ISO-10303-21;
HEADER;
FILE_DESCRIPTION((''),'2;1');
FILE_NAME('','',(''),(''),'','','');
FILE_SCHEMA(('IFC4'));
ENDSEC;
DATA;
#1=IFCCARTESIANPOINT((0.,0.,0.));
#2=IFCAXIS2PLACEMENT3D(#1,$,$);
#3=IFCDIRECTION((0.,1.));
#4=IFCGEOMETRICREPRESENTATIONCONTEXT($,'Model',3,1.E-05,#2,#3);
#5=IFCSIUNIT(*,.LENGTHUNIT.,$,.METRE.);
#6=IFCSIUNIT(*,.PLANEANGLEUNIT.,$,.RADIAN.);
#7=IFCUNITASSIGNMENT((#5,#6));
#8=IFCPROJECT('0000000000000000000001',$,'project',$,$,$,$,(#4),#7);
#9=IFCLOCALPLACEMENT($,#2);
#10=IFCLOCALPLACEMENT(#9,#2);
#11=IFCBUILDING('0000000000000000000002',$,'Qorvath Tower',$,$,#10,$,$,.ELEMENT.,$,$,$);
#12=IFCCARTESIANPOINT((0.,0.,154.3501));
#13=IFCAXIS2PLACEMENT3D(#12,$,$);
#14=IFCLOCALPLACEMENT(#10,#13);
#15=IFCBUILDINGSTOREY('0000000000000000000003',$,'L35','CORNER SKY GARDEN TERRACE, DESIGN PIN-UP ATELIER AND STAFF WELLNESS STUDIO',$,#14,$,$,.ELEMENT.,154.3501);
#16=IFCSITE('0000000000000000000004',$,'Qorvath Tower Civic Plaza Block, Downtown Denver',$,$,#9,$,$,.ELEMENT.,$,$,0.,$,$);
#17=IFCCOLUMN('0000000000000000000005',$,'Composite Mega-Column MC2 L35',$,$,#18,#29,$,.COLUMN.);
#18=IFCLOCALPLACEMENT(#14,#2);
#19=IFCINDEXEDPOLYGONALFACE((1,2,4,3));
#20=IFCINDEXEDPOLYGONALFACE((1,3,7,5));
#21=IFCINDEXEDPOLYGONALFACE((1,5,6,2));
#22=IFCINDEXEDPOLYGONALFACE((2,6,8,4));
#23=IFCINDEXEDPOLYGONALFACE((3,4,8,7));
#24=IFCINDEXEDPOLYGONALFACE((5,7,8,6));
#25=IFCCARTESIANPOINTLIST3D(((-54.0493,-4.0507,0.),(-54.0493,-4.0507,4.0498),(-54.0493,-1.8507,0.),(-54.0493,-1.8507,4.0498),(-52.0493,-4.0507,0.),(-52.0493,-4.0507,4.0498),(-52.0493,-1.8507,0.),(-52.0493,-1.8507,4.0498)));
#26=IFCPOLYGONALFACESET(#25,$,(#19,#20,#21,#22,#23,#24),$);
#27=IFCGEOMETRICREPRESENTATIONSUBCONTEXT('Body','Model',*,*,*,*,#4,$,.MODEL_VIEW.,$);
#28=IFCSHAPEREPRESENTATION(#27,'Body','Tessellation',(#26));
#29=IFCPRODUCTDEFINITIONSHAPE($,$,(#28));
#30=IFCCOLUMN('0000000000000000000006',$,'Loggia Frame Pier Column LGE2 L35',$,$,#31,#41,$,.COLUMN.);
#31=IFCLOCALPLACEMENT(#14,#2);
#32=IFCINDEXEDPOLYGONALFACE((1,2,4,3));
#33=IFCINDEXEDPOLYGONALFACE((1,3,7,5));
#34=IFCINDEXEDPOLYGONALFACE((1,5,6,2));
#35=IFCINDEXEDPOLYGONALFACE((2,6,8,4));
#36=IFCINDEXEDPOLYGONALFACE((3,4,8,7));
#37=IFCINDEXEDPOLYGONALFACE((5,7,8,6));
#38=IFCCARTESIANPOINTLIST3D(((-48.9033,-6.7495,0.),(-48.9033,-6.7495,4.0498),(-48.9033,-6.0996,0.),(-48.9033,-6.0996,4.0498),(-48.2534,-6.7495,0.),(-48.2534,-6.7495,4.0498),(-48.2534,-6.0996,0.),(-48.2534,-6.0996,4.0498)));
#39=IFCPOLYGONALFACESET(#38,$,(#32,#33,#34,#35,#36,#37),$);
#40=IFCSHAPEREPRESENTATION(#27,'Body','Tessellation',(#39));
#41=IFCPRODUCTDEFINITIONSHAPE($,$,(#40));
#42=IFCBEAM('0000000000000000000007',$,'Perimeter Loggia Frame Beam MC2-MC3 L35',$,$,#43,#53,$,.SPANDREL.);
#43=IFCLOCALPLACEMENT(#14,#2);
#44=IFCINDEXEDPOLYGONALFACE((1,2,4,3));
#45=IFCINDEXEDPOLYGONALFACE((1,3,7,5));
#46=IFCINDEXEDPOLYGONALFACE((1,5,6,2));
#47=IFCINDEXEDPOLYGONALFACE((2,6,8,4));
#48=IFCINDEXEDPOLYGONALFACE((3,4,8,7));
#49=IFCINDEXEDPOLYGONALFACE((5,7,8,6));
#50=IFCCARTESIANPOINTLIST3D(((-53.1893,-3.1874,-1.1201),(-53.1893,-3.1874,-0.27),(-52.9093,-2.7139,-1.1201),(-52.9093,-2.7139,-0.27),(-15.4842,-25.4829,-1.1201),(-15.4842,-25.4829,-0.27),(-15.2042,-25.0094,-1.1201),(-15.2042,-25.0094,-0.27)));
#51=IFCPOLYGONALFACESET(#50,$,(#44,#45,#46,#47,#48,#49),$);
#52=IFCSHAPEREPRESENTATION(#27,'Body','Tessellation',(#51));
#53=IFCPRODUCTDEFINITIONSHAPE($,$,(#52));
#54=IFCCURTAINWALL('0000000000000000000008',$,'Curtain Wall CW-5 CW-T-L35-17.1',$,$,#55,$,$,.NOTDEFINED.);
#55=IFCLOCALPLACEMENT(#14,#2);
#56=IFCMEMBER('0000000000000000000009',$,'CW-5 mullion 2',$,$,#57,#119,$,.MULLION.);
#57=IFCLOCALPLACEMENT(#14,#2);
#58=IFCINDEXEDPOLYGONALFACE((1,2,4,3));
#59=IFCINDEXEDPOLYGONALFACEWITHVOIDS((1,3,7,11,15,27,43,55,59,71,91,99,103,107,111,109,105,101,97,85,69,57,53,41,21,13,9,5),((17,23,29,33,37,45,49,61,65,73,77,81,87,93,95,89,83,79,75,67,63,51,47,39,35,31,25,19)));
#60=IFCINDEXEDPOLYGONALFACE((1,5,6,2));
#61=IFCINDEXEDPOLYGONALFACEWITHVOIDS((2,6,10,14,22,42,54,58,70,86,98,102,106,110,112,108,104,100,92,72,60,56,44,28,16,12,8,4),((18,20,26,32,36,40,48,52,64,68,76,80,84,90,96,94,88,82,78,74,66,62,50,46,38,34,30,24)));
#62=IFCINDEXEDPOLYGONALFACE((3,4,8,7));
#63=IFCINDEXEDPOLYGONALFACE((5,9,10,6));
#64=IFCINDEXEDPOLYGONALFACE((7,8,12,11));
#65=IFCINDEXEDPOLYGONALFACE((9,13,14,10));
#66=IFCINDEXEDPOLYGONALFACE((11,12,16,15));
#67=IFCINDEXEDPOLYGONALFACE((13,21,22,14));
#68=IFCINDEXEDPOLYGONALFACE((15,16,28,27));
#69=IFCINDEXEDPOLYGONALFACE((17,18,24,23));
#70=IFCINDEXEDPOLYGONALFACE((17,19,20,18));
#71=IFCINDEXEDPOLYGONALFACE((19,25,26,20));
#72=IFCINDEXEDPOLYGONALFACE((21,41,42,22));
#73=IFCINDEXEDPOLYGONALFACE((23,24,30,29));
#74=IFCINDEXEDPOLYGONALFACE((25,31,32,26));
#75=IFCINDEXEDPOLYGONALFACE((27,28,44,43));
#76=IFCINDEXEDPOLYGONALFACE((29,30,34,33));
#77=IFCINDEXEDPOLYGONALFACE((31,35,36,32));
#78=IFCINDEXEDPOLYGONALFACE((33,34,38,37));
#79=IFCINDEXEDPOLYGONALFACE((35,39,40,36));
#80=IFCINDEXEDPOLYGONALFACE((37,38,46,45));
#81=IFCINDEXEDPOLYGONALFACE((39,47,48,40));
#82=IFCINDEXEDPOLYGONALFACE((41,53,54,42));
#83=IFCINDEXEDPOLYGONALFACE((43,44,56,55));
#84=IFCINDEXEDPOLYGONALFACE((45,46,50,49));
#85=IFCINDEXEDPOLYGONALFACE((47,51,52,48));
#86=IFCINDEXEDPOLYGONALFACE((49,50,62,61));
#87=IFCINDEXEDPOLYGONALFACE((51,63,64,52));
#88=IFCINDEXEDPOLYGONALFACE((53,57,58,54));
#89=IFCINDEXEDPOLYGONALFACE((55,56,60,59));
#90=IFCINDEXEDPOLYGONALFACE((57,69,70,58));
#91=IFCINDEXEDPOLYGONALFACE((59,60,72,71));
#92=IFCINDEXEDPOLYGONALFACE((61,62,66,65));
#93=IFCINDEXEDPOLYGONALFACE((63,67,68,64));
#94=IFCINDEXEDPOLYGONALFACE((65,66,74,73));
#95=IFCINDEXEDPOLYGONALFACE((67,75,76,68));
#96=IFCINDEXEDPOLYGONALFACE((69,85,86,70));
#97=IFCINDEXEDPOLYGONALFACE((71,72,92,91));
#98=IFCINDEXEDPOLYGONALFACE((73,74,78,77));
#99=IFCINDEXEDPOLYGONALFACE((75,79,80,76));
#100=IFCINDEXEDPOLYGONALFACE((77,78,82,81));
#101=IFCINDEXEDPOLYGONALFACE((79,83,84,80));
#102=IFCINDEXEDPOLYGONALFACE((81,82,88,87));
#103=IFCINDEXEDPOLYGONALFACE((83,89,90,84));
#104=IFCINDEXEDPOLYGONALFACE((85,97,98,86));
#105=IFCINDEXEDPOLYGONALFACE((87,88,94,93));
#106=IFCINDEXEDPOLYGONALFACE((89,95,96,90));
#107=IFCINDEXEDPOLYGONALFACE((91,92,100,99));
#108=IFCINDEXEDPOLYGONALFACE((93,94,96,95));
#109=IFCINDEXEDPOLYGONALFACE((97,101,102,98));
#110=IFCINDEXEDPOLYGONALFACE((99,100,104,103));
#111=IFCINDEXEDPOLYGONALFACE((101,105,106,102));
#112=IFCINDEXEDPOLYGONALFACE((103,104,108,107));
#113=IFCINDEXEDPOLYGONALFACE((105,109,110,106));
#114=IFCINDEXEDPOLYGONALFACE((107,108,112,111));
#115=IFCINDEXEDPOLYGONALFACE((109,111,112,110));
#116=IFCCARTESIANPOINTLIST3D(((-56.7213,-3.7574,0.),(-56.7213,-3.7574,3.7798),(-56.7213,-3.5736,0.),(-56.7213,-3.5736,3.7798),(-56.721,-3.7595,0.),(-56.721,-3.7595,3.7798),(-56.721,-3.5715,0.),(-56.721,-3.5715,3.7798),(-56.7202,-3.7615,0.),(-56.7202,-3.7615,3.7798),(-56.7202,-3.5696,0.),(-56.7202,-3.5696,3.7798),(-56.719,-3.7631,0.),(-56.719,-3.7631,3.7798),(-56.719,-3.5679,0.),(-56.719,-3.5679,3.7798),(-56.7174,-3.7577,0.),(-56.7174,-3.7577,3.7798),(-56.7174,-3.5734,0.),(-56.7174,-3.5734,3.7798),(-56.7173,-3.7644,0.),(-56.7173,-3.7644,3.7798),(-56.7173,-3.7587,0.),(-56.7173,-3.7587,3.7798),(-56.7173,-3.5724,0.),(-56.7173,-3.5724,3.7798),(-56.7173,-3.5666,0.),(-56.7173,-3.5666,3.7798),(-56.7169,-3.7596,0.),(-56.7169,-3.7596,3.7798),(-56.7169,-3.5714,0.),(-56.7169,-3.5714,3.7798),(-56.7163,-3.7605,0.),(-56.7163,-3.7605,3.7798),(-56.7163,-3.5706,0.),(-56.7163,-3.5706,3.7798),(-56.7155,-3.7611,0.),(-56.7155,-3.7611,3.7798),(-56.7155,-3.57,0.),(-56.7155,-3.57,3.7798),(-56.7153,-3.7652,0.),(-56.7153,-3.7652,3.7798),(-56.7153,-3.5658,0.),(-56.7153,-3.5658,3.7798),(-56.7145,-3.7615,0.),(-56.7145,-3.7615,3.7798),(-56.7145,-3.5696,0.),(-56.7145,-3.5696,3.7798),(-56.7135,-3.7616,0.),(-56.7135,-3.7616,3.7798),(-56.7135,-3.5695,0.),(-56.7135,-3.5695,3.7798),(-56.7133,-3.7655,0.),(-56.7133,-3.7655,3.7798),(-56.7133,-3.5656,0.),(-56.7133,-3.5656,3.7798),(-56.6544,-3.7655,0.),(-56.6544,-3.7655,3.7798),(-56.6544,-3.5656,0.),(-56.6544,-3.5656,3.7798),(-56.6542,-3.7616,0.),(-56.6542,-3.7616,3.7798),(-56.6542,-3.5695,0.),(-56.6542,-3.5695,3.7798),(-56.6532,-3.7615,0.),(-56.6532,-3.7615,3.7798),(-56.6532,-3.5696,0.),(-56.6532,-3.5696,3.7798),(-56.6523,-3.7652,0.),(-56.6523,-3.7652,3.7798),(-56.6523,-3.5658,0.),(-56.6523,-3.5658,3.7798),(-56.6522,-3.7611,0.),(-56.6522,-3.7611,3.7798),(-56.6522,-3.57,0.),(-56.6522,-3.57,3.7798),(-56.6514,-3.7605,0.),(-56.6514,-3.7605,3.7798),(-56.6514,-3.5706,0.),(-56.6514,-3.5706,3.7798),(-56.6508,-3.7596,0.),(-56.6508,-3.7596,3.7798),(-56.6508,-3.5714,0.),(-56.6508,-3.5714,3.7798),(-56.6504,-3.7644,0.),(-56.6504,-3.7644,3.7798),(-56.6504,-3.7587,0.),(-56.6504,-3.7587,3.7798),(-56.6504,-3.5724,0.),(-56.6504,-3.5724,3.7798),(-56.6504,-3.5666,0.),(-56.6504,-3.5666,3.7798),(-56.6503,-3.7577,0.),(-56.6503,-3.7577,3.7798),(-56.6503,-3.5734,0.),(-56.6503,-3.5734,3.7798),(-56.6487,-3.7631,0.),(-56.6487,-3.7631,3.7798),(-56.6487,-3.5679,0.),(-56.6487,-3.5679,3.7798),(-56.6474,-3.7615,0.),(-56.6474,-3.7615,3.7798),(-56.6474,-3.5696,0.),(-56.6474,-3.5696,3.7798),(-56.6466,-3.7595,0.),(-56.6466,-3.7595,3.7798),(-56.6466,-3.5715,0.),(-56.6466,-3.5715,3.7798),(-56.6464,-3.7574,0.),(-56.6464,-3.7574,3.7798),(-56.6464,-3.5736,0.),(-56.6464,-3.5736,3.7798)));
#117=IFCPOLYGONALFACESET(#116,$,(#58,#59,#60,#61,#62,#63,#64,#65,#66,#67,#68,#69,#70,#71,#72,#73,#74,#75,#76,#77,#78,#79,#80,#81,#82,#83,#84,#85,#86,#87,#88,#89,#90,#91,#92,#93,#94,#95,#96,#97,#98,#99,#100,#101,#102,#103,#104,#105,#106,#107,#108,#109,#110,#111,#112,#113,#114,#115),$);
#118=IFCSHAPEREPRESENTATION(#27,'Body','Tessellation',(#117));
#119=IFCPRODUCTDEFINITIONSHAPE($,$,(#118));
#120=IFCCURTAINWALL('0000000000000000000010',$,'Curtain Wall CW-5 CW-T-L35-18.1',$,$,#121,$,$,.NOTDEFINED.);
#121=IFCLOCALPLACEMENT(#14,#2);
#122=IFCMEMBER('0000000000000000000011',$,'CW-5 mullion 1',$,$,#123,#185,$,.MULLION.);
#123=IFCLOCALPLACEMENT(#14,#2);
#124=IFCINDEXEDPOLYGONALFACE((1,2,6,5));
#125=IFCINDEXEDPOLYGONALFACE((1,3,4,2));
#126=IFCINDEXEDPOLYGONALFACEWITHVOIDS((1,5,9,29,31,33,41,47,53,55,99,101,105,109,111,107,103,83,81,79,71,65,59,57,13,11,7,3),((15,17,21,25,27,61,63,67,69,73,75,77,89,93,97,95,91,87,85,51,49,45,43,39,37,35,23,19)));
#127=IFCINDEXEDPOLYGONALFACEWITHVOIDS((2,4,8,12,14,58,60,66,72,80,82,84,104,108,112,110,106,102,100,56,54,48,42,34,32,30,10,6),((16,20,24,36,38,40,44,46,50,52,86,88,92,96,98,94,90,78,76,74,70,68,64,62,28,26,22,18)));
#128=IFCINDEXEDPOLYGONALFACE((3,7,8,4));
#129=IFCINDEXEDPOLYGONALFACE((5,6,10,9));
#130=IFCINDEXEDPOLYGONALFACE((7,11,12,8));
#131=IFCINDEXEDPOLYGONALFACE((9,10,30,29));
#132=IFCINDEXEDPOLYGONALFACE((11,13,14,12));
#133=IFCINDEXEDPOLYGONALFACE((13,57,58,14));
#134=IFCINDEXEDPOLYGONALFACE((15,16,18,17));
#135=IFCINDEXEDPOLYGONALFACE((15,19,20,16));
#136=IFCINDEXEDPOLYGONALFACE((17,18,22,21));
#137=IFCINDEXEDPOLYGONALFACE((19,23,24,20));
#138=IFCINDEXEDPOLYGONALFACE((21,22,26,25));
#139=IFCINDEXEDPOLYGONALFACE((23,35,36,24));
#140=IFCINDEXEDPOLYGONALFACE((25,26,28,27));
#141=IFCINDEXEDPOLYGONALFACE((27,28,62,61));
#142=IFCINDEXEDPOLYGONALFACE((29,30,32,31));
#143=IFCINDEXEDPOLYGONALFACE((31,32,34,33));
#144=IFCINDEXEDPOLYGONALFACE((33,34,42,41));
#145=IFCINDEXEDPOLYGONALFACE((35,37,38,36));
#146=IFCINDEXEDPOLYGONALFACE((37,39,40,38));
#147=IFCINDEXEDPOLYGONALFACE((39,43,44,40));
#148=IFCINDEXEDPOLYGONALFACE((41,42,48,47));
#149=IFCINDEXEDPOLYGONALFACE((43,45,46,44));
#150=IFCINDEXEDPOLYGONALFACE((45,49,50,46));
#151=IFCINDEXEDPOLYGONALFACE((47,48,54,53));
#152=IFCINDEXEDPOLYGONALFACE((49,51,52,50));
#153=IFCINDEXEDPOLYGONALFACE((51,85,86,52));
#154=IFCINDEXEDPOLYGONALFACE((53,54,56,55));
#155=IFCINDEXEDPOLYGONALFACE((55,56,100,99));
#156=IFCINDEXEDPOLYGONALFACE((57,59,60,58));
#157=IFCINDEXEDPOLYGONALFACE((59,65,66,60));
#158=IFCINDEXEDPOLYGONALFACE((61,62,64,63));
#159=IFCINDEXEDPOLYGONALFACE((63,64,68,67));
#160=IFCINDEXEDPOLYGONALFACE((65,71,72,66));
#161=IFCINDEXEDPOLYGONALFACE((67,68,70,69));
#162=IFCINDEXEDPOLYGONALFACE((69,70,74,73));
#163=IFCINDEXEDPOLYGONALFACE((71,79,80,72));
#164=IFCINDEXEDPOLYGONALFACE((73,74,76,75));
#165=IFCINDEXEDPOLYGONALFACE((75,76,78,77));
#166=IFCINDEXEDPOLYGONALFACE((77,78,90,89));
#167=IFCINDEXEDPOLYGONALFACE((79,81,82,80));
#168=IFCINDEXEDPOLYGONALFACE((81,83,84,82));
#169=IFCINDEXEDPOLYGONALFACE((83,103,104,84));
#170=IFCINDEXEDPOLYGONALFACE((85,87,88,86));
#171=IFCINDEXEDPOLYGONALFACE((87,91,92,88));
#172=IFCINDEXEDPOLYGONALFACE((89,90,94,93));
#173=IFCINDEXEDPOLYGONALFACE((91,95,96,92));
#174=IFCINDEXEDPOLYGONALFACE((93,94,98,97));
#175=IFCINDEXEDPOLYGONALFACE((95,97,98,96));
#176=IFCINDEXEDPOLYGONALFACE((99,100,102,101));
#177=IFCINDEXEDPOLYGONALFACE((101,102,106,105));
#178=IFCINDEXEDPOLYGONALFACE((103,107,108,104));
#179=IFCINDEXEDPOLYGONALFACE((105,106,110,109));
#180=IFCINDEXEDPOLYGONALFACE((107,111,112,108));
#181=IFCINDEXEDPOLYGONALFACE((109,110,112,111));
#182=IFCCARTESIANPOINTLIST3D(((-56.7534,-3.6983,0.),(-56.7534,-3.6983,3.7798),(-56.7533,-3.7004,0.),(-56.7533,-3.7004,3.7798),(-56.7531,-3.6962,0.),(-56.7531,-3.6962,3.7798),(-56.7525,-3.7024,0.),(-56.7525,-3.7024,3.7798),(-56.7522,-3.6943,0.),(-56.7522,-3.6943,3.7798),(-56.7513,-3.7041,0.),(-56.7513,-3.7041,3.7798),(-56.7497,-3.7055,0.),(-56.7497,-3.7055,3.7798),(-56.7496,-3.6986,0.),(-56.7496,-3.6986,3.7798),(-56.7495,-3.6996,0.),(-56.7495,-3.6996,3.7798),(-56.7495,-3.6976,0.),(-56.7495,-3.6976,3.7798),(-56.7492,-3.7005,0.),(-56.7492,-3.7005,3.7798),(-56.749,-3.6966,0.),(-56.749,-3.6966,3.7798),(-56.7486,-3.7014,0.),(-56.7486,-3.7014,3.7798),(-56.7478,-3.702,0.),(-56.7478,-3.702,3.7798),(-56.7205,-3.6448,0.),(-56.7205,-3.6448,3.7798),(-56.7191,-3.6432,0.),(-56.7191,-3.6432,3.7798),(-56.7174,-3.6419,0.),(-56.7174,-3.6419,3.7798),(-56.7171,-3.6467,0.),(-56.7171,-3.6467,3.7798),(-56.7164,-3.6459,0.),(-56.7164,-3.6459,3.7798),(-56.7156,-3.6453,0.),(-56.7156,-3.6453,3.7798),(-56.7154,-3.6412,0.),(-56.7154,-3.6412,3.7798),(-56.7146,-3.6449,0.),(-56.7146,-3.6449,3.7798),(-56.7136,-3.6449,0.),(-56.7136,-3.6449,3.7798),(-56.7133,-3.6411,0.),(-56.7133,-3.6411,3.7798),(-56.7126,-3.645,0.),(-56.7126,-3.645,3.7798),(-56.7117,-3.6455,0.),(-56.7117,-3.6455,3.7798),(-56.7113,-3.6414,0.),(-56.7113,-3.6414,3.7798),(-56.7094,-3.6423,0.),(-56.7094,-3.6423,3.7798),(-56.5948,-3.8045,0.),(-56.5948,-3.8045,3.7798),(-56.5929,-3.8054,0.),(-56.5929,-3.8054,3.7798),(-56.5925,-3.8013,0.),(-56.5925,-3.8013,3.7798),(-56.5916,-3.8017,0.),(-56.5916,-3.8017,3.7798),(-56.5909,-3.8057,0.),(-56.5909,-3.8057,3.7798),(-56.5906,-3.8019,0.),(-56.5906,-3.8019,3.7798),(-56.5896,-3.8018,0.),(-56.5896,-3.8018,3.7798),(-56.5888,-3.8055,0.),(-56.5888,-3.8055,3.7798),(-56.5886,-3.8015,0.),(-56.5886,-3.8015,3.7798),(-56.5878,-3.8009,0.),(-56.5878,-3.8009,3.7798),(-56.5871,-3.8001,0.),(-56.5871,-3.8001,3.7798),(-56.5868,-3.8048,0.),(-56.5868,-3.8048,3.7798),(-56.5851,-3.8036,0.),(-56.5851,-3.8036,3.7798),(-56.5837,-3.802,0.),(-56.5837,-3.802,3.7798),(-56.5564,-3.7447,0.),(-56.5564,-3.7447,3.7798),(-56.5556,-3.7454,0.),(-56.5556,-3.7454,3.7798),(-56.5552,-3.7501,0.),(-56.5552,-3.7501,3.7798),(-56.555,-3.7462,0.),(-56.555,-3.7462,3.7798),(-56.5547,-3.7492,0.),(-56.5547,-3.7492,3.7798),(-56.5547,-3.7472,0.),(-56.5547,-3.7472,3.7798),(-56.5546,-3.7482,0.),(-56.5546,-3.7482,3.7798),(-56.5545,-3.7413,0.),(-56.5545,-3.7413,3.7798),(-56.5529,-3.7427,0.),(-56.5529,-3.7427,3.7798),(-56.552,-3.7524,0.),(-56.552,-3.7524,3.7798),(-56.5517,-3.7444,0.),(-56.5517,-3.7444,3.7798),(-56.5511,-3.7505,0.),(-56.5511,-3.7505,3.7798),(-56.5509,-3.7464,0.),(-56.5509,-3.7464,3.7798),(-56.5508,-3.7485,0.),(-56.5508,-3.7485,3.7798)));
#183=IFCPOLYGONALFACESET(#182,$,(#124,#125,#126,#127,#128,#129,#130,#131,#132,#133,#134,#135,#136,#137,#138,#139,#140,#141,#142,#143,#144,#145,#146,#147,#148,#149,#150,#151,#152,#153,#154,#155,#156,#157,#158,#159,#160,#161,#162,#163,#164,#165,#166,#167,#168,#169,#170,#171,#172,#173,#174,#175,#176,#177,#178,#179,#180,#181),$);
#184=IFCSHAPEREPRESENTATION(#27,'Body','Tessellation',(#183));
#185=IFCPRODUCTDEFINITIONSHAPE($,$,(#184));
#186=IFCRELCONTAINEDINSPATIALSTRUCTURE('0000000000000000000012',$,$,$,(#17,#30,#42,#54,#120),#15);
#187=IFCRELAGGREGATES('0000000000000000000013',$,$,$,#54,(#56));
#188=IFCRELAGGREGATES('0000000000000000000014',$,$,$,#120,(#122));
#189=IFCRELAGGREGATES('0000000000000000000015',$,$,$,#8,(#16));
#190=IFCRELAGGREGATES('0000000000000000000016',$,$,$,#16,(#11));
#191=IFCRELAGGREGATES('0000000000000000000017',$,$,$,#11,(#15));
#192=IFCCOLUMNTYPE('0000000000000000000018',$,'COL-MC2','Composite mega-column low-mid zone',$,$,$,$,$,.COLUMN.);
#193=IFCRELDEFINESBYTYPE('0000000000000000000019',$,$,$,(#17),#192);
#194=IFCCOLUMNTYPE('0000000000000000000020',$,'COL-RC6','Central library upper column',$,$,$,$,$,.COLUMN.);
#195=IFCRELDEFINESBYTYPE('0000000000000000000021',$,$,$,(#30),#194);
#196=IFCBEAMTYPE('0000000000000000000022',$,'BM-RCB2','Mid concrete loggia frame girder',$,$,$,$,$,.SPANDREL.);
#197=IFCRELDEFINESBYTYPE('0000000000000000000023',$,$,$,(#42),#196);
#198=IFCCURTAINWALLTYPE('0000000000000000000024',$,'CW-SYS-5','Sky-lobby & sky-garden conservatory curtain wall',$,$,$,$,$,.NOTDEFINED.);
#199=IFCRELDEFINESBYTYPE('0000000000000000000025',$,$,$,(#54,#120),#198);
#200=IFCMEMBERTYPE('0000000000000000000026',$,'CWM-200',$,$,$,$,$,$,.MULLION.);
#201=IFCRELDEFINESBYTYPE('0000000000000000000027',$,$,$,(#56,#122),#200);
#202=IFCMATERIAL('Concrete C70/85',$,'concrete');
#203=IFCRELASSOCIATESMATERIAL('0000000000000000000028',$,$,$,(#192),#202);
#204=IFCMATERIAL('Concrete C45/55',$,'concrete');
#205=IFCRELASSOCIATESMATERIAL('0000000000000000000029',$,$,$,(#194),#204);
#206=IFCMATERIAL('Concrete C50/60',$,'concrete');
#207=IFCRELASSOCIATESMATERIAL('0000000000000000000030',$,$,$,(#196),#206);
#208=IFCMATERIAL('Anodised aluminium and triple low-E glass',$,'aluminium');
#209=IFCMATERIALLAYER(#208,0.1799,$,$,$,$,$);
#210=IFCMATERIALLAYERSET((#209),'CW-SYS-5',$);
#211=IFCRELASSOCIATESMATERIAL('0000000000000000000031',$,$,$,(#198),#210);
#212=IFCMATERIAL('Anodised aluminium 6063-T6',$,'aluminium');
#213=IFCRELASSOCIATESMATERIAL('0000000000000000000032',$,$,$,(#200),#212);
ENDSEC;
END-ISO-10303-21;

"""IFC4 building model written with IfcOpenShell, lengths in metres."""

from ifc_helpers import new_model, si_unit, direction, frame, origin, origin_2d, place, context, subcontext, project, spatial, rectangle, hollow_rectangle, extrude, material, layer, layer_set, material_profile, profile_set, type_object, element, aggregate, save


model = new_model("IFC4")

# Units and contexts
model_context = context("Model", 3, precision=1e-05, world=origin(), true_north=direction((0.0, 1.0)))
body_context = subcontext(model_context, "Body", "Model", "MODEL_VIEW")
ifc_project = project(units=[si_unit("LENGTHUNIT", "METRE"), si_unit("PLANEANGLEUNIT", "RADIAN")], contexts=[model_context])

# Site, building, storey
site_placement = place(None, origin())
site = spatial("IfcSite", under=ifc_project, at=site_placement, Name="Qorvath Tower Civic Plaza Block, Downtown Denver", CompositionType="ELEMENT", RefElevation=0.0)
building_placement = place(site_placement, origin())
building = spatial("IfcBuilding", under=site, at=building_placement, Name="Qorvath Tower", CompositionType="ELEMENT")
storey_placement = place(building_placement, frame((0.0, 0.0, 154.3501)))
storey = spatial("IfcBuildingStorey", under=building, at=storey_placement, Name="L35", Description="CORNER SKY GARDEN TERRACE, DESIGN PIN-UP ATELIER AND STAFF WELLNESS STUDIO", CompositionType="ELEMENT", Elevation=154.3501)

# Columns
ifc_material_1 = material(Name="Concrete C70/85", Category="concrete")
ifc_material_profile_1 = material_profile(ifc_material_1, rectangle(XDim=2.0, YDim=2.2, at=origin_2d()), Name="MC 2200x2000")
ifc_profile_set_1 = profile_set([ifc_material_profile_1], Name="Concrete C70/85")
column_type_1 = type_object("IfcColumnType", Name="COL-MC2", Description="Composite mega-column low-mid zone", PredefinedType="COLUMN", material=ifc_profile_set_1)
column_1_placement = place(storey_placement, frame((-53.0493, -2.9507, 0.0), z_axis=(0.0, 0.0, 1.0), x_axis=(1.0, 0.0, 0.0)))
element("IfcColumn", 1, at=column_1_placement, inside=storey, type_object=column_type_1, Name="Composite Mega-Column MC2 L35", PredefinedType="COLUMN", context=body_context, shape_type="SweptSolid", body=[
    extrude(rectangle(XDim=2.0, YDim=2.2, at=origin_2d()), origin(), (0.0, 0.0, 1.0), 4.0498),
])
ifc_material_2 = material(Name="Concrete C45/55", Category="concrete")
ifc_material_profile_2 = material_profile(ifc_material_2, rectangle(XDim=0.6499, YDim=0.6499, at=origin_2d()), Name="RC 650x650")
ifc_profile_set_2 = profile_set([ifc_material_profile_2], Name="Concrete C45/55")
column_type_2 = type_object("IfcColumnType", Name="COL-RC6", Description="Central library upper column", PredefinedType="COLUMN", material=ifc_profile_set_2)
column_2_placement = place(storey_placement, frame((-48.5784, -6.4246, 0.0), z_axis=(0.0, 0.0, 1.0), x_axis=(1.0, 0.0, 0.0)))
element("IfcColumn", 2, at=column_2_placement, inside=storey, type_object=column_type_2, Name="Loggia Frame Pier Column LGE2 L35", PredefinedType="COLUMN", context=body_context, shape_type="SweptSolid", body=[
    extrude(rectangle(XDim=0.6499, YDim=0.6499, at=origin_2d()), origin(), (0.0, 0.0, 1.0), 4.0498),
])

# Beam
ifc_material_3 = material(Name="Concrete C50/60", Category="concrete")
ifc_material_profile_3 = material_profile(ifc_material_3, rectangle(XDim=0.55, YDim=0.8501, at=origin_2d()), Name="RCB 850x550")
ifc_profile_set_3 = profile_set([ifc_material_profile_3], Name="Concrete C50/60")
beam_type = type_object("IfcBeamType", Name="BM-RCB2", Description="Mid concrete loggia frame girder", PredefinedType="SPANDREL", material=ifc_profile_set_3)
beam_placement = place(storey_placement, frame((-53.0493, -2.9507, -0.6951), z_axis=(0.860775, -0.508985, 0.0), x_axis=(0.508985, 0.860775, 0.0)))
element("IfcBeam", 3, at=beam_placement, inside=storey, type_object=beam_type, Name="Perimeter Loggia Frame Beam MC2-MC3 L35", PredefinedType="SPANDREL", context=body_context, shape_type="SweptSolid", body=[
    extrude(rectangle(XDim=0.55, YDim=0.8501, at=origin_2d()), origin(), (0.0, 0.0, 1.0), 43.8037),
])

# Curtain wall, member
ifc_material_4 = material(Name="Anodised aluminium and triple low-E glass", Category="aluminium")
ifc_layer_1 = layer(ifc_material_4, 0.1799)
ifc_layer_set_1 = layer_set([ifc_layer_1], Name="CW-SYS-5")
curtain_wall_type = type_object("IfcCurtainWallType", Name="CW-SYS-5", Description="Sky-lobby & sky-garden conservatory curtain wall", PredefinedType="NOTDEFINED", material=ifc_layer_set_1)
curtain_wall_1_placement = place(storey_placement, origin())
curtain_wall_1 = element("IfcCurtainWall", 4, at=curtain_wall_1_placement, inside=storey, type_object=curtain_wall_type, Name="Curtain Wall CW-5 CW-T-L35-17.1", PredefinedType="NOTDEFINED")
ifc_material_5 = material(Name="Anodised aluminium 6063-T6", Category="aluminium")
ifc_material_profile_4 = material_profile(ifc_material_5, hollow_rectangle(XDim=0.075, YDim=0.2, WallThickness=0.0039, InnerFilletRadius=0.0039, OuterFilletRadius=0.0081, at=origin_2d()), Name="CWM 200x75")
ifc_profile_set_4 = profile_set([ifc_material_profile_4], Name="Anodised aluminium 6063-T6")
member_type_1 = type_object("IfcMemberType", Name="CWM-200", PredefinedType="MULLION", material=ifc_profile_set_4)
member_1_placement = place(storey_placement, frame((-56.6838, -3.6655, 0.0), z_axis=(0.0, 0.0, 1.0), x_axis=(1.0, 0.0, 0.0)))
member_1 = element("IfcMember", 5, at=member_1_placement, type_object=member_type_1, Name="CW-5 mullion 2", PredefinedType="MULLION", context=body_context, shape_type="SweptSolid", body=[
    extrude(hollow_rectangle(XDim=0.075, YDim=0.2, WallThickness=0.0039, InnerFilletRadius=0.0039, OuterFilletRadius=0.0081, at=origin_2d()), origin(), (0.0, 0.0, 1.0), 3.7798),
])

# Curtain wall, member
curtain_wall_2_placement = place(storey_placement, origin())
curtain_wall_2 = element("IfcCurtainWall", 6, at=curtain_wall_2_placement, inside=storey, type_object=curtain_wall_type, Name="Curtain Wall CW-5 CW-T-L35-18.1", PredefinedType="NOTDEFINED")
member_2_placement = place(storey_placement, frame((-56.6521, -3.7234, 0.0), z_axis=(0.0, 0.0, 1.0), x_axis=(0.538536, 0.842602, 0.0)))
member_2 = element("IfcMember", 7, at=member_2_placement, type_object=member_type_1, Name="CW-5 mullion 1", PredefinedType="MULLION", context=body_context, shape_type="SweptSolid", body=[
    extrude(hollow_rectangle(XDim=0.075, YDim=0.2, WallThickness=0.0039, InnerFilletRadius=0.0039, OuterFilletRadius=0.0081, at=origin_2d()), origin(), (0.0, 0.0, 1.0), 3.7798),
])

aggregate(curtain_wall_1, [member_1])
aggregate(curtain_wall_2, [member_2])

save(model, "model.ifc")
